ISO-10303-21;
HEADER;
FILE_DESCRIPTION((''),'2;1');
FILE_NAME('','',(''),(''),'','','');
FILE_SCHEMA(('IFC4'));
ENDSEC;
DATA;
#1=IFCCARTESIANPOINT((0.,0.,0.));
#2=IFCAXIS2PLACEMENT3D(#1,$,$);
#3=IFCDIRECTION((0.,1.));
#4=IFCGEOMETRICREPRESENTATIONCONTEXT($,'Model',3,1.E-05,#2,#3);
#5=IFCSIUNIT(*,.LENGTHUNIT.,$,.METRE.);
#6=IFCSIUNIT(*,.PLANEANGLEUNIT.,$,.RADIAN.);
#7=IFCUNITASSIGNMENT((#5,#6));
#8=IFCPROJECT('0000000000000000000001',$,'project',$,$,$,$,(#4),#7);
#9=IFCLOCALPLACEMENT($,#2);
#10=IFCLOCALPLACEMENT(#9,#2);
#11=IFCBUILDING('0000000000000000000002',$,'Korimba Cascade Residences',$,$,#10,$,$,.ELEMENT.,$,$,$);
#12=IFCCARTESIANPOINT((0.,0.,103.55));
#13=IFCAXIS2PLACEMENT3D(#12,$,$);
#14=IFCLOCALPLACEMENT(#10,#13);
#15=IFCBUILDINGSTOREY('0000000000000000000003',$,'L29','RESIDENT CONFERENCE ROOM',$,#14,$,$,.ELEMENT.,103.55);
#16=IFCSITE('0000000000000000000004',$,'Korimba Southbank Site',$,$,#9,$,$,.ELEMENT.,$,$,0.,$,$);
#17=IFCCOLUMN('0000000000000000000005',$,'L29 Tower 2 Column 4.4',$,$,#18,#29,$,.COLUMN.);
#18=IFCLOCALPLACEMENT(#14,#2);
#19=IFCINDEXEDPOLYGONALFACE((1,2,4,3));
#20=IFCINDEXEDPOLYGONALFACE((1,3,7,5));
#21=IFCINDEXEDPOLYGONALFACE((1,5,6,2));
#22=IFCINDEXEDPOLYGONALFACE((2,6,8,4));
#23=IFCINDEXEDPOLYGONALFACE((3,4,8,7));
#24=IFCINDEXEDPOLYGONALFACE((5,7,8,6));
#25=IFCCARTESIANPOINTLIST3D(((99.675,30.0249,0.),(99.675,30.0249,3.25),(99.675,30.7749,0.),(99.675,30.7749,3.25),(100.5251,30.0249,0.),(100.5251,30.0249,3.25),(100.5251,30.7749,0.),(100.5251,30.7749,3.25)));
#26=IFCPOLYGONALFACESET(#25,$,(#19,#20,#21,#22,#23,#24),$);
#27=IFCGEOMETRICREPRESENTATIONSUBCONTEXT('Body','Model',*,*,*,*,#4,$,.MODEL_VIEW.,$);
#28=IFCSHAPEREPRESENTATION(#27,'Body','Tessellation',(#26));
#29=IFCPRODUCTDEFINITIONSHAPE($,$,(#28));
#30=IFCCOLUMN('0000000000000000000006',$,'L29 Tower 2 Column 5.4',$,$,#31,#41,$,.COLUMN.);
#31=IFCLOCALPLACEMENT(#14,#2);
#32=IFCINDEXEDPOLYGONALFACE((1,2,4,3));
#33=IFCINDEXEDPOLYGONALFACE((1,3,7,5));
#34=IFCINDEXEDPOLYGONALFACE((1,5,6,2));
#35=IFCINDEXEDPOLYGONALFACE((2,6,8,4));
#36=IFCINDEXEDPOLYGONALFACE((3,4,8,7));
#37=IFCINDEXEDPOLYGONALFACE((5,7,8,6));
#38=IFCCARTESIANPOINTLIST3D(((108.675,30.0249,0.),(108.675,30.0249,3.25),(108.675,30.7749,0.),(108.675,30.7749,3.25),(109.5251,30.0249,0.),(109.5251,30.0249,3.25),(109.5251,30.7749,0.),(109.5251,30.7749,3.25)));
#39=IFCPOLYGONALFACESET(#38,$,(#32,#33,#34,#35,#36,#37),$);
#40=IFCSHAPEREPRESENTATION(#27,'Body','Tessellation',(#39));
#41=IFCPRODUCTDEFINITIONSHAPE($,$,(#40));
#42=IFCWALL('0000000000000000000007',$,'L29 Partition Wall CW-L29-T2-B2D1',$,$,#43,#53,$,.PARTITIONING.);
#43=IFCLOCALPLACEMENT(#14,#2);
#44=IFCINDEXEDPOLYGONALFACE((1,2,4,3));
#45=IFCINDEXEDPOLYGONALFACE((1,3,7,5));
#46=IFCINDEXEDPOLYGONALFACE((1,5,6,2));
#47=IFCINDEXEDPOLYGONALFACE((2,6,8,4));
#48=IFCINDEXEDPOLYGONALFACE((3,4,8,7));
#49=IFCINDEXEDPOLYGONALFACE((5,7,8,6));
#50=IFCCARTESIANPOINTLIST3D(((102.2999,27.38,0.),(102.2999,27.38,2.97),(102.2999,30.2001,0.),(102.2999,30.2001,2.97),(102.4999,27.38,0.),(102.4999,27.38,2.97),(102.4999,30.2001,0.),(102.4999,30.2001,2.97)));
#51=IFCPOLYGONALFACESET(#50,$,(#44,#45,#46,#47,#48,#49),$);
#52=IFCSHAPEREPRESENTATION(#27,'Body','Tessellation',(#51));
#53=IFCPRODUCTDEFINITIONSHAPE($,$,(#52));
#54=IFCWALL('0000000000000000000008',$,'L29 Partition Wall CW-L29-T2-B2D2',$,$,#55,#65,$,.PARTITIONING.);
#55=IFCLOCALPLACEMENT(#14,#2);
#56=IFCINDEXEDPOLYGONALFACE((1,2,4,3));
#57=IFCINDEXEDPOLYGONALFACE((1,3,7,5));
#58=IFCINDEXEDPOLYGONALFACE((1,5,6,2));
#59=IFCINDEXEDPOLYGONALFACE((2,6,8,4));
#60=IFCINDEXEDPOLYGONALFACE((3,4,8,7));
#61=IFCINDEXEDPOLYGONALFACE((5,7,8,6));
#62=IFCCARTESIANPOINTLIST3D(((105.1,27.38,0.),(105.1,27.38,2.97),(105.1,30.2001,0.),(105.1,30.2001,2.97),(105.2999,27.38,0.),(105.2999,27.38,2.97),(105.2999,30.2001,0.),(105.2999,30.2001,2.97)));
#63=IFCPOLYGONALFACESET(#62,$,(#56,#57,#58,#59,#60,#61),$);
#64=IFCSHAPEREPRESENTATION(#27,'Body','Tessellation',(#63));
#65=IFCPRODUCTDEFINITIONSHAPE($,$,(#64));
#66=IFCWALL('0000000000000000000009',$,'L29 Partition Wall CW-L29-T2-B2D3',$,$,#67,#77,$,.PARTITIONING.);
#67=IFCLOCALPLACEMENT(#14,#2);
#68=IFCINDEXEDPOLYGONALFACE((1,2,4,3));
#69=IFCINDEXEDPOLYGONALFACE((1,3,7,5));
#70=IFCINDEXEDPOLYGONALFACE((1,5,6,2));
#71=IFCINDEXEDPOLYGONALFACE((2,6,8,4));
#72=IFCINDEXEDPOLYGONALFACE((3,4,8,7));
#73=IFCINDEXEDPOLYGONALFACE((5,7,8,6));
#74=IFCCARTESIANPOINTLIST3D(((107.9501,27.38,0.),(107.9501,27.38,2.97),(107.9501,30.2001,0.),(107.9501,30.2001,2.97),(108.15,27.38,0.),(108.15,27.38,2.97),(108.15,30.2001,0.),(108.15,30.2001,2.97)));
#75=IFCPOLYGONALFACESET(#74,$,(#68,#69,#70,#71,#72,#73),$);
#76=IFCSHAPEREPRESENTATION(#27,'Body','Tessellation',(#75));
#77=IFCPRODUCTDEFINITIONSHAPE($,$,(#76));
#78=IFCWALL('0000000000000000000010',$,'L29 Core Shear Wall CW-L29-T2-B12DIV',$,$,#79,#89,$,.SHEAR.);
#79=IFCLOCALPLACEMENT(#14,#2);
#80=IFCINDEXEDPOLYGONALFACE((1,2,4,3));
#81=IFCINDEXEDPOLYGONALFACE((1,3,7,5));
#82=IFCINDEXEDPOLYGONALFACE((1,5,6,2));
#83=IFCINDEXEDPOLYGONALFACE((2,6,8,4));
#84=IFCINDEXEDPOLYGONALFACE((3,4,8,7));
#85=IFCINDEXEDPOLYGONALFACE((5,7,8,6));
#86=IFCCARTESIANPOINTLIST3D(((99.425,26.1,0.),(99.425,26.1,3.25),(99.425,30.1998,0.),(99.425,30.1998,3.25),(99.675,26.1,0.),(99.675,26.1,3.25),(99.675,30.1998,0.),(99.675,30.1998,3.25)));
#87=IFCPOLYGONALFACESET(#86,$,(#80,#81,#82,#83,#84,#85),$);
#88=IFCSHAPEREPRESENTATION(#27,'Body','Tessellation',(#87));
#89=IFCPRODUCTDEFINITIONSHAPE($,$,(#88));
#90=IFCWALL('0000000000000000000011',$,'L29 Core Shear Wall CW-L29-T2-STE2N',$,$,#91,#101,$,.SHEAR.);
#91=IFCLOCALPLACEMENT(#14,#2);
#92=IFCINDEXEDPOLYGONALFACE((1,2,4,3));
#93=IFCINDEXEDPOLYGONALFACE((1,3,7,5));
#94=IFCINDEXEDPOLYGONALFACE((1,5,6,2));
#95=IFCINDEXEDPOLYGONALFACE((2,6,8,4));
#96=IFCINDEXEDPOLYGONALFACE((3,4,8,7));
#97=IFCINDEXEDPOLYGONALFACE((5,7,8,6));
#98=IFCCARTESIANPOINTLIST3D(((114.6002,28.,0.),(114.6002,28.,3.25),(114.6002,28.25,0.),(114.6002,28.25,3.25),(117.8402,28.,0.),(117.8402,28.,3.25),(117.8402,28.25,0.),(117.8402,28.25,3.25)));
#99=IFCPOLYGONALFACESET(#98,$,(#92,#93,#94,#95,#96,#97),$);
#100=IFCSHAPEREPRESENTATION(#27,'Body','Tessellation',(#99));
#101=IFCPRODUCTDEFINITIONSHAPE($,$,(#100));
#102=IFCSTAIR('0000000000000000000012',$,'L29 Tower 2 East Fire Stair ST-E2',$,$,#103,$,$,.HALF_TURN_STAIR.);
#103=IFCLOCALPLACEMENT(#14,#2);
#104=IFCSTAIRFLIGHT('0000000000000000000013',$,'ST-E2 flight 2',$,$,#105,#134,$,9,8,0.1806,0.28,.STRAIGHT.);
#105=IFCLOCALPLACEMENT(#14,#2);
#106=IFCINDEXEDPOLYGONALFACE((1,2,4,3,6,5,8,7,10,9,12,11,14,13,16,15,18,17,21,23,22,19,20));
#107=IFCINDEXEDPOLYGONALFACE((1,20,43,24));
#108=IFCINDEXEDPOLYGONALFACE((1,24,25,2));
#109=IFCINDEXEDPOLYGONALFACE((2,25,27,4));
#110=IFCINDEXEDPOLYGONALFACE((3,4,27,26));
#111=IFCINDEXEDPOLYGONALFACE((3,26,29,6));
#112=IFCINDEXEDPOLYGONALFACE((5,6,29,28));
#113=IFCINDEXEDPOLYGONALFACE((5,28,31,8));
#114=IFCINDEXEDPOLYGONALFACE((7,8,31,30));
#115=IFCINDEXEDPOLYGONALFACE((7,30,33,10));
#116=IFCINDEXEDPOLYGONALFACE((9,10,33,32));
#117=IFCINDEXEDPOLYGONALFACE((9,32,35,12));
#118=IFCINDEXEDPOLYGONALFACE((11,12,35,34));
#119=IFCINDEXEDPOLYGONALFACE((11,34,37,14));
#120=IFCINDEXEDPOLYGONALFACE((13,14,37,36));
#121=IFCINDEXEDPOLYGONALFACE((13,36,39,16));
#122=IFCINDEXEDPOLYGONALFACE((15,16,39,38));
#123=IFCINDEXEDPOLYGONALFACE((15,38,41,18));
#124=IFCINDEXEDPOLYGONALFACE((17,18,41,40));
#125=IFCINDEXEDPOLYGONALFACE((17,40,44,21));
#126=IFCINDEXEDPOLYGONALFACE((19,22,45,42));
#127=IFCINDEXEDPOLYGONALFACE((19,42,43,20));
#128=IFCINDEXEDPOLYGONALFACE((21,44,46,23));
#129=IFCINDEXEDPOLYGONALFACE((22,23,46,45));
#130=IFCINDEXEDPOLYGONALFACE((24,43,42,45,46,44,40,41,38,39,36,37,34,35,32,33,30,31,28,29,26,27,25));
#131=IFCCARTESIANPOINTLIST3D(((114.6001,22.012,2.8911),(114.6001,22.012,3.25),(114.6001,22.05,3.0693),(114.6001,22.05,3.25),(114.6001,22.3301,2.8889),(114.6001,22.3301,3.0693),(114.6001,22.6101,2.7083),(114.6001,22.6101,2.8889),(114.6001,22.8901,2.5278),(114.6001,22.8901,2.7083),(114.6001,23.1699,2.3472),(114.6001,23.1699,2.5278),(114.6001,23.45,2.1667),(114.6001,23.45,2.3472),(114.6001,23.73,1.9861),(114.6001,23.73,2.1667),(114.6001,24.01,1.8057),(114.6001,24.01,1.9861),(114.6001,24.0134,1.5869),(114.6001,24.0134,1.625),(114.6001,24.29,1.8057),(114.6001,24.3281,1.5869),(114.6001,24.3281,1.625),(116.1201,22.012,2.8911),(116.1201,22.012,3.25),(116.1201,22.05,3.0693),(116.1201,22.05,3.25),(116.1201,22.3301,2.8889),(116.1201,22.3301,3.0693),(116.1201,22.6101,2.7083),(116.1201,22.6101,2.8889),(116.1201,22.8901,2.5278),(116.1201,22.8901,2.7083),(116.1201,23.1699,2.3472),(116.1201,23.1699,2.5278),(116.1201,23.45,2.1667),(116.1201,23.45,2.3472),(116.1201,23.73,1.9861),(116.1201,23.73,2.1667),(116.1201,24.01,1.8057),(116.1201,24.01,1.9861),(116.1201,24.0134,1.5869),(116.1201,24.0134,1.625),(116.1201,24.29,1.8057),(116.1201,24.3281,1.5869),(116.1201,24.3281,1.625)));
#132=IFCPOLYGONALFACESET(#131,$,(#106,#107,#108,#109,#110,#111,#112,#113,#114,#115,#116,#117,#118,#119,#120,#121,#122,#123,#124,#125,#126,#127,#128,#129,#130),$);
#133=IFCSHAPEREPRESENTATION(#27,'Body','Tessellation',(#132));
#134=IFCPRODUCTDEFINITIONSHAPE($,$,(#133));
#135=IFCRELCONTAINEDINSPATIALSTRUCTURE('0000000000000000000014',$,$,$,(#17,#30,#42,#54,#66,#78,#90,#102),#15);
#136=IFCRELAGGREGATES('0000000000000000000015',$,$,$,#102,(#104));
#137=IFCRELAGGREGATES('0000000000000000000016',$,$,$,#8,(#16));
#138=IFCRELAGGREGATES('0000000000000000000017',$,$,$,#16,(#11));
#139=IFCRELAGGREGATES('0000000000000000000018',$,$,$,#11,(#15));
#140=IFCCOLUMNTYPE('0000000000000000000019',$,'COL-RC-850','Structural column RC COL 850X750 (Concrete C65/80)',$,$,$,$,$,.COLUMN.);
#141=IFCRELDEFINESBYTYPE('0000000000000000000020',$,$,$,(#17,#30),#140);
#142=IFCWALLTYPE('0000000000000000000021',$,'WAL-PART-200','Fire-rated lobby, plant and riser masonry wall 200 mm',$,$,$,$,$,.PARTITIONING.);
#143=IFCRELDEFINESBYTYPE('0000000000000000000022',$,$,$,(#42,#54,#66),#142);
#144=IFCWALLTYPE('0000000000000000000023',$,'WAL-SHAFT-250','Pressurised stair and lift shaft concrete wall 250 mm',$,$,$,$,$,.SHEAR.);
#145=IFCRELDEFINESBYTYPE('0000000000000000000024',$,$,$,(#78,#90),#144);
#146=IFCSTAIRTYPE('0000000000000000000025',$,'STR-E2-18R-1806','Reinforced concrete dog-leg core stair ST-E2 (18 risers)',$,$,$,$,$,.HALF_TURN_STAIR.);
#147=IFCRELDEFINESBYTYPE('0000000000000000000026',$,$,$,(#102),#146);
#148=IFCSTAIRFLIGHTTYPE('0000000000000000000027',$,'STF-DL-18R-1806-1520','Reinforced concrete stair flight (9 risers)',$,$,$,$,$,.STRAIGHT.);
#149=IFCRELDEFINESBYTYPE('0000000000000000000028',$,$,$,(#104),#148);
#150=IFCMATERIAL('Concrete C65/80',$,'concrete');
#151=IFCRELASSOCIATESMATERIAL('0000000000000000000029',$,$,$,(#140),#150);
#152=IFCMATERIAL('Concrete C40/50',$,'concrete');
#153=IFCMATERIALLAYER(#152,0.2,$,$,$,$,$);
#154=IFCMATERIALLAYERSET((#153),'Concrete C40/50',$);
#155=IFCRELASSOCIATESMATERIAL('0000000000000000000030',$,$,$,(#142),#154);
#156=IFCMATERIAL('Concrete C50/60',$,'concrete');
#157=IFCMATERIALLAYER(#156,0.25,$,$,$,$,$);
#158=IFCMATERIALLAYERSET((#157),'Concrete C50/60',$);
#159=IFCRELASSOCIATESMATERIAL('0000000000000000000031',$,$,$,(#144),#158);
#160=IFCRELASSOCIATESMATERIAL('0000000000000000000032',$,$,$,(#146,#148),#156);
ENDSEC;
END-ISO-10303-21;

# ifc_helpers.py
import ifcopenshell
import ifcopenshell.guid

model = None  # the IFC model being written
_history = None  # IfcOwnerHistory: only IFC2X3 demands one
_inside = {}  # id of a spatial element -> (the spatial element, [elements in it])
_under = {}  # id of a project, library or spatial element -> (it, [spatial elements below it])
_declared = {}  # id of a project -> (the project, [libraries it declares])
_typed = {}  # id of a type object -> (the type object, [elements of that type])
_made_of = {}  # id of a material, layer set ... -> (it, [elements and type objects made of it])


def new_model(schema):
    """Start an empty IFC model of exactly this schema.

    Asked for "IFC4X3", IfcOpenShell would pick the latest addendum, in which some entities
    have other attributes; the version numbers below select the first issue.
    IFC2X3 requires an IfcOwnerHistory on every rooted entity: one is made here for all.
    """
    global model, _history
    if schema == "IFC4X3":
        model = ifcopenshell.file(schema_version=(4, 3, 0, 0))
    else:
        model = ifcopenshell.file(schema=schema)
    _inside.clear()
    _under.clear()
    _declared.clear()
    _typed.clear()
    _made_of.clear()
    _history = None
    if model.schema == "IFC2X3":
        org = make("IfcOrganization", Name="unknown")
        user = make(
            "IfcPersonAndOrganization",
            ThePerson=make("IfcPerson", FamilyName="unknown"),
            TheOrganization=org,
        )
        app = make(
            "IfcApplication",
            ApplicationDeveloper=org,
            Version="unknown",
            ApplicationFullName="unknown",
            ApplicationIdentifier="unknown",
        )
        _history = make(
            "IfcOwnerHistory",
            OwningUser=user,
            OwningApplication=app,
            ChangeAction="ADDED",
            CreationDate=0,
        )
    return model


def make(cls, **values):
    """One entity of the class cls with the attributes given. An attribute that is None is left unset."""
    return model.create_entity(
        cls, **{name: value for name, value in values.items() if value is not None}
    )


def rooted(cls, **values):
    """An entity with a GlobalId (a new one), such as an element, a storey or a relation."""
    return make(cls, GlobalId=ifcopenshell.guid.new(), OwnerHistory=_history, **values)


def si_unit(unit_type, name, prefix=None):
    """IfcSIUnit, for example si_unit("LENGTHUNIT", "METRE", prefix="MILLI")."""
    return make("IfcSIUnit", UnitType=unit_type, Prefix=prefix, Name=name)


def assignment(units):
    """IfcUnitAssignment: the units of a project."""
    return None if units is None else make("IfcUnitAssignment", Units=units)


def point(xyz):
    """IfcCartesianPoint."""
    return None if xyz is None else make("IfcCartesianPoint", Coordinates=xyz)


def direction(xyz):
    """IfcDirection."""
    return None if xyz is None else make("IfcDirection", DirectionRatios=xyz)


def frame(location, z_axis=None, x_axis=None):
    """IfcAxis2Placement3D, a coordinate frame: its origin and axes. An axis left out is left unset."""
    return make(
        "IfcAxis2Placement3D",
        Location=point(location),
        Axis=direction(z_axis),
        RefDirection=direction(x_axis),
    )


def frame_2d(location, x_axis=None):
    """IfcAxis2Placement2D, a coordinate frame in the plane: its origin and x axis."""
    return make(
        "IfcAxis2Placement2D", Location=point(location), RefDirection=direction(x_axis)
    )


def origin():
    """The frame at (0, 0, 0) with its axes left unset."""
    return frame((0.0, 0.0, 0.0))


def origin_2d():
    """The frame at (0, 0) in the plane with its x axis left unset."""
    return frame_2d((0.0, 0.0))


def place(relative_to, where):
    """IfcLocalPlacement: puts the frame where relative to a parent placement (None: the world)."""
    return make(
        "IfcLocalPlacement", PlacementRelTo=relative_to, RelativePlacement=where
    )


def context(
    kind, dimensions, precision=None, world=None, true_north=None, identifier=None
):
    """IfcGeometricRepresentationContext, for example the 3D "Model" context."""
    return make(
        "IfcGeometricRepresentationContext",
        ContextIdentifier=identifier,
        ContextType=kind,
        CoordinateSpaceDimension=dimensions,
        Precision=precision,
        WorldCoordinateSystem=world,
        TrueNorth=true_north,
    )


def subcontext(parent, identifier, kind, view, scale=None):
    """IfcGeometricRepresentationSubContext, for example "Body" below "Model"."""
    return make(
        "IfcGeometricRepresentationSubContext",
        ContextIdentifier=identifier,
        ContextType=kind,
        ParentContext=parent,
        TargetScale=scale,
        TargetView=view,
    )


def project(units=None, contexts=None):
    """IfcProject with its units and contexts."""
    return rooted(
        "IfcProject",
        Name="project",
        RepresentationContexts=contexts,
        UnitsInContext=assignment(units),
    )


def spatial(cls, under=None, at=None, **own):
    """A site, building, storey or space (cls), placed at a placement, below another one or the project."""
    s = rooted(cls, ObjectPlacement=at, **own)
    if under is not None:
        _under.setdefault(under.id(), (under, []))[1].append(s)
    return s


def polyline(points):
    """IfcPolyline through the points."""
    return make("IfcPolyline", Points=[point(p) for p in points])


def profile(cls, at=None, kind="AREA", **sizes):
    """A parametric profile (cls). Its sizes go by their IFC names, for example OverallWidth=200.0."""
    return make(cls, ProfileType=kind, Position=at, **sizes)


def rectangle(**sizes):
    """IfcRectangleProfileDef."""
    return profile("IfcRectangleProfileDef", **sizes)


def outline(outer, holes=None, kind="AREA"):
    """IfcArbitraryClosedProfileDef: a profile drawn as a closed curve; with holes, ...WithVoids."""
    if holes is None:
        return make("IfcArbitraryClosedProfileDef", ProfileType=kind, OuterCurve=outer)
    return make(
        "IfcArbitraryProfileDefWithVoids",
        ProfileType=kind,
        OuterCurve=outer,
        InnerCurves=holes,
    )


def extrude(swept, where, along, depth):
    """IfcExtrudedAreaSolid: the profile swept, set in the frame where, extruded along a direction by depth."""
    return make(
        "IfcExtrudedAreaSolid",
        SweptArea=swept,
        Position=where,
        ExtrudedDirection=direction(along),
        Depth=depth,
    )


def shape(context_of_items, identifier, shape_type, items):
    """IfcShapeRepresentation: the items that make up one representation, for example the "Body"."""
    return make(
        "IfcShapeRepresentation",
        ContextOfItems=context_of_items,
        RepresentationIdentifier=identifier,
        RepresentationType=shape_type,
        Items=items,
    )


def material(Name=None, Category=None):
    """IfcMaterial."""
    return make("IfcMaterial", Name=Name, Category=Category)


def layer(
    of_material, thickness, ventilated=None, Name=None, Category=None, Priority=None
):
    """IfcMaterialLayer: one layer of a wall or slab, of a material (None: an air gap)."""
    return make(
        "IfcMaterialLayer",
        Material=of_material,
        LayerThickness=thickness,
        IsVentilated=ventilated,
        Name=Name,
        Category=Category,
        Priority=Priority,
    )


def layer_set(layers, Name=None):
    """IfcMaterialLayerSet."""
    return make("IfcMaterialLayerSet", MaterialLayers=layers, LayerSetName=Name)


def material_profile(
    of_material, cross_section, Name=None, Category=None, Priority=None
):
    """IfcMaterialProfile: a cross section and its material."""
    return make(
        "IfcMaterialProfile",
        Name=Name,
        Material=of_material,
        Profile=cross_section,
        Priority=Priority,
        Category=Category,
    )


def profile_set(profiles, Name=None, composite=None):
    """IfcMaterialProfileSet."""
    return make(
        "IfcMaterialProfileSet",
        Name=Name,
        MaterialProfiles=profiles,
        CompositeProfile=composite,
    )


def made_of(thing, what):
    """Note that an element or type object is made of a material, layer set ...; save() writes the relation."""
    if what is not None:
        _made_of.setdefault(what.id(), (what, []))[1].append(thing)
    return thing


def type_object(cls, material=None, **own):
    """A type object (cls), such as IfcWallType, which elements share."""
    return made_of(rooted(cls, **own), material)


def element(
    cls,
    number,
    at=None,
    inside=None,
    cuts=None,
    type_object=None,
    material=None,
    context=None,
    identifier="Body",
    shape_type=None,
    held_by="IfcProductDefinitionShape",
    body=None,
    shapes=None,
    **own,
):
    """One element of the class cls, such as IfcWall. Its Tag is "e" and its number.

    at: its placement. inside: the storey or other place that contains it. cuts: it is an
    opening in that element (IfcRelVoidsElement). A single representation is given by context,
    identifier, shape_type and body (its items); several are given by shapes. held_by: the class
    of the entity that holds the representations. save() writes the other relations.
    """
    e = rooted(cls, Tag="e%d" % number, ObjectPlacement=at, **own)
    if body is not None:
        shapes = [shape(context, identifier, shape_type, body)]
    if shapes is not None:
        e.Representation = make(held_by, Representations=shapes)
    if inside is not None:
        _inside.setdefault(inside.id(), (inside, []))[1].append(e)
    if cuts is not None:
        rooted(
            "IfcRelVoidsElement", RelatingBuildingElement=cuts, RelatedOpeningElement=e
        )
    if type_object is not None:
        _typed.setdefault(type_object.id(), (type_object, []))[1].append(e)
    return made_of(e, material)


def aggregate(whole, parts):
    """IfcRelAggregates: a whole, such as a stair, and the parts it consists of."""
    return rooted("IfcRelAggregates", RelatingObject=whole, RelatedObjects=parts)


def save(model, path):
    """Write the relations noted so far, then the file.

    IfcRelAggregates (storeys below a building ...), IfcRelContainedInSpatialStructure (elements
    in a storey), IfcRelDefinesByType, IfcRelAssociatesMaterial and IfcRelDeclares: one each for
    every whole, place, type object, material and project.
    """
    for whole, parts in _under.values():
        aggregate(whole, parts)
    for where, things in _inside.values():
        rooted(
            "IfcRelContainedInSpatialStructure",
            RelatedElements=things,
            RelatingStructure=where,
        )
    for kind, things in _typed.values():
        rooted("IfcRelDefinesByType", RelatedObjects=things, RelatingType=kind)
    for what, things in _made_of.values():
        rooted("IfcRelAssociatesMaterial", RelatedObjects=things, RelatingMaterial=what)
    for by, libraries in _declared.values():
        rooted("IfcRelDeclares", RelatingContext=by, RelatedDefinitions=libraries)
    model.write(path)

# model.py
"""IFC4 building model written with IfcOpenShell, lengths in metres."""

from ifc_helpers import new_model, si_unit, direction, frame, frame_2d, origin, origin_2d, place, context, subcontext, project, spatial, polyline, rectangle, outline, extrude, material, layer, layer_set, material_profile, profile_set, type_object, element, aggregate, save


model = new_model("IFC4")

# Units and contexts
model_context = context("Model", 3, precision=1e-05, world=origin(), true_north=direction((0.0, 1.0)))
body_context = subcontext(model_context, "Body", "Model", "MODEL_VIEW")
ifc_project = project(units=[si_unit("LENGTHUNIT", "METRE"), si_unit("PLANEANGLEUNIT", "RADIAN")], contexts=[model_context])

# Site, building, storey
site_placement = place(None, origin())
site = spatial("IfcSite", under=ifc_project, at=site_placement, Name="Korimba Southbank Site", CompositionType="ELEMENT", RefElevation=0.0)
building_placement = place(site_placement, origin())
building = spatial("IfcBuilding", under=site, at=building_placement, Name="Korimba Cascade Residences", CompositionType="ELEMENT")
storey_placement = place(building_placement, frame((0.0, 0.0, 103.55)))
storey = spatial("IfcBuildingStorey", under=building, at=storey_placement, Name="L29", Description="RESIDENT CONFERENCE ROOM", CompositionType="ELEMENT", Elevation=103.55)

# Columns
ifc_material_1 = material(Name="Concrete C65/80", Category="concrete")
ifc_material_profile = material_profile(ifc_material_1, rectangle(XDim=0.8501, YDim=0.75, at=origin_2d()), Name="Concrete C65/80")
ifc_profile_set = profile_set([ifc_material_profile], Name="Concrete C65/80")
column_type = type_object("IfcColumnType", Name="COL-RC-850", Description="Structural column RC COL 850X750 (Concrete C65/80)", PredefinedType="COLUMN", material=ifc_profile_set)
for number, where, z_axis, x_axis, name in (
    (1, (100.1001, 30.3999, 0.0), (0.0, 0.0, 1.0), (1.0, 0.0, 0.0), "L29 Tower 2 Column 4.4"),
    (2, (109.1001, 30.3999, 0.0), (0.0, 0.0, 1.0), (1.0, 0.0, 0.0), "L29 Tower 2 Column 5.4"),
):
    element("IfcColumn", number, at=place(storey_placement, frame(where, z_axis=z_axis, x_axis=x_axis)), inside=storey, type_object=column_type, Name=name, PredefinedType="COLUMN", context=body_context, shape_type="SweptSolid", body=[
        extrude(rectangle(XDim=0.8501, YDim=0.75, at=origin_2d()), origin(), (0.0, 0.0, 1.0), 3.25),
    ])

# Walls
ifc_material_2 = material(Name="Concrete C40/50", Category="concrete")
ifc_layer_1 = layer(ifc_material_2, 0.2)
ifc_layer_set_1 = layer_set([ifc_layer_1], Name="Concrete C40/50")
wall_type_1 = type_object("IfcWallType", Name="WAL-PART-200", Description="Fire-rated lobby, plant and riser masonry wall 200 mm", PredefinedType="PARTITIONING", material=ifc_layer_set_1)
for number, where, z_axis, x_axis, name in (
    (3, (102.3999, 27.3799, 0.0), (0.0, 0.0, 1.0), (0.0, 1.0, 0.0), "L29 Partition Wall CW-L29-T2-B2D1"),
    (4, (105.2, 27.3799, 0.0), (0.0, 0.0, 1.0), (0.0, 1.0, 0.0), "L29 Partition Wall CW-L29-T2-B2D2"),
    (5, (108.05, 27.3799, 0.0), (0.0, 0.0, 1.0), (0.0, 1.0, 0.0), "L29 Partition Wall CW-L29-T2-B2D3"),
):
    element("IfcWall", number, at=place(storey_placement, frame(where, z_axis=z_axis, x_axis=x_axis)), inside=storey, type_object=wall_type_1, Name=name, PredefinedType="PARTITIONING", context=body_context, shape_type="SweptSolid", body=[
        extrude(rectangle(XDim=2.8201, YDim=0.2, at=frame_2d((1.4102, 0.0))), origin(), (0.0, 0.0, 1.0), 2.97),
    ])
ifc_material_3 = material(Name="Concrete C50/60", Category="concrete")
ifc_layer_2 = layer(ifc_material_3, 0.25)
ifc_layer_set_2 = layer_set([ifc_layer_2], Name="Concrete C50/60")
wall_type_2 = type_object("IfcWallType", Name="WAL-SHAFT-250", Description="Pressurised stair and lift shaft concrete wall 250 mm", PredefinedType="SHEAR", material=ifc_layer_set_2)
wall_1_placement = place(storey_placement, frame((99.55, 26.1001, 0.0), z_axis=(0.0, 0.0, 1.0), x_axis=(0.0, 1.0, 0.0)))
element("IfcWall", 6, at=wall_1_placement, inside=storey, type_object=wall_type_2, Name="L29 Core Shear Wall CW-L29-T2-B12DIV", PredefinedType="SHEAR", context=body_context, shape_type="SweptSolid", body=[
    extrude(rectangle(XDim=4.0999, YDim=0.25, at=frame_2d((2.0498, 0.0))), origin(), (0.0, 0.0, 1.0), 3.25),
])

# Wall
wall_2_placement = place(storey_placement, frame((114.6001, 28.125, 0.0), z_axis=(0.0, 0.0, 1.0), x_axis=(1.0, 0.0, 0.0)))
element("IfcWall", 7, at=wall_2_placement, inside=storey, type_object=wall_type_2, Name="L29 Core Shear Wall CW-L29-T2-STE2N", PredefinedType="SHEAR", context=body_context, shape_type="SweptSolid", body=[
    extrude(rectangle(XDim=3.24, YDim=0.25, at=frame_2d((1.6201, 0.0))), origin(), (0.0, 0.0, 1.0), 3.25),
])

# Stair, stair flight
stair_type = type_object("IfcStairType", Name="STR-E2-18R-1806", Description="Reinforced concrete dog-leg core stair ST-E2 (18 risers)", PredefinedType="HALF_TURN_STAIR", material=ifc_material_3)
stair_placement = place(storey_placement, origin())
stair = element("IfcStair", 8, at=stair_placement, inside=storey, type_object=stair_type, Name="L29 Tower 2 East Fire Stair ST-E2", PredefinedType="HALF_TURN_STAIR")
stair_flight_type = type_object("IfcStairFlightType", Name="STF-DL-18R-1806-1520", Description="Reinforced concrete stair flight (9 risers)", PredefinedType="STRAIGHT", material=ifc_material_3)
stair_flight_placement = place(storey_placement, frame((115.3601, 24.29, 1.625), z_axis=(0.0, 0.0, 1.0), x_axis=(0.0, -1.0, 0.0)))
stair_flight = element("IfcStairFlight", 9, at=stair_flight_placement, type_object=stair_flight_type, Name="ST-E2 flight 2", NumberOfRisers=9, NumberOfTreads=8, PredefinedType="STRAIGHT", RiserHeight=0.1806, TreadLength=0.28, context=body_context, shape_type="SweptSolid", body=[
    extrude(outline(polyline([(-0.0381, 0.0), (0.0, 0.1807), (0.28, 0.1807), (0.28, 0.3611), (0.5601, 0.3611), (0.5601, 0.5417), (0.8401, 0.5417), (0.8401, 0.7222), (1.1201, 0.7222), (1.1201, 0.9028), (1.3999, 0.9028), (1.3999, 1.0833), (1.6799, 1.0833), (1.6799, 1.2639), (1.96, 1.2639), (1.96, 1.4443), (2.24, 1.4443), (2.24, 1.625), (2.2781, 1.625), (2.2781, 1.2661), (0.2766, 0.0), (0.2766, -0.0381), (-0.0381, -0.0381), (-0.0381, 0.0)])), frame((0.0, 0.76, 0.0), z_axis=(0.0, -1.0, 0.0), x_axis=(1.0, 0.0, 0.0)), (0.0, 0.0, 1.0), 1.52),
])
aggregate(stair, [stair_flight])

save(model, "model.ifc")
